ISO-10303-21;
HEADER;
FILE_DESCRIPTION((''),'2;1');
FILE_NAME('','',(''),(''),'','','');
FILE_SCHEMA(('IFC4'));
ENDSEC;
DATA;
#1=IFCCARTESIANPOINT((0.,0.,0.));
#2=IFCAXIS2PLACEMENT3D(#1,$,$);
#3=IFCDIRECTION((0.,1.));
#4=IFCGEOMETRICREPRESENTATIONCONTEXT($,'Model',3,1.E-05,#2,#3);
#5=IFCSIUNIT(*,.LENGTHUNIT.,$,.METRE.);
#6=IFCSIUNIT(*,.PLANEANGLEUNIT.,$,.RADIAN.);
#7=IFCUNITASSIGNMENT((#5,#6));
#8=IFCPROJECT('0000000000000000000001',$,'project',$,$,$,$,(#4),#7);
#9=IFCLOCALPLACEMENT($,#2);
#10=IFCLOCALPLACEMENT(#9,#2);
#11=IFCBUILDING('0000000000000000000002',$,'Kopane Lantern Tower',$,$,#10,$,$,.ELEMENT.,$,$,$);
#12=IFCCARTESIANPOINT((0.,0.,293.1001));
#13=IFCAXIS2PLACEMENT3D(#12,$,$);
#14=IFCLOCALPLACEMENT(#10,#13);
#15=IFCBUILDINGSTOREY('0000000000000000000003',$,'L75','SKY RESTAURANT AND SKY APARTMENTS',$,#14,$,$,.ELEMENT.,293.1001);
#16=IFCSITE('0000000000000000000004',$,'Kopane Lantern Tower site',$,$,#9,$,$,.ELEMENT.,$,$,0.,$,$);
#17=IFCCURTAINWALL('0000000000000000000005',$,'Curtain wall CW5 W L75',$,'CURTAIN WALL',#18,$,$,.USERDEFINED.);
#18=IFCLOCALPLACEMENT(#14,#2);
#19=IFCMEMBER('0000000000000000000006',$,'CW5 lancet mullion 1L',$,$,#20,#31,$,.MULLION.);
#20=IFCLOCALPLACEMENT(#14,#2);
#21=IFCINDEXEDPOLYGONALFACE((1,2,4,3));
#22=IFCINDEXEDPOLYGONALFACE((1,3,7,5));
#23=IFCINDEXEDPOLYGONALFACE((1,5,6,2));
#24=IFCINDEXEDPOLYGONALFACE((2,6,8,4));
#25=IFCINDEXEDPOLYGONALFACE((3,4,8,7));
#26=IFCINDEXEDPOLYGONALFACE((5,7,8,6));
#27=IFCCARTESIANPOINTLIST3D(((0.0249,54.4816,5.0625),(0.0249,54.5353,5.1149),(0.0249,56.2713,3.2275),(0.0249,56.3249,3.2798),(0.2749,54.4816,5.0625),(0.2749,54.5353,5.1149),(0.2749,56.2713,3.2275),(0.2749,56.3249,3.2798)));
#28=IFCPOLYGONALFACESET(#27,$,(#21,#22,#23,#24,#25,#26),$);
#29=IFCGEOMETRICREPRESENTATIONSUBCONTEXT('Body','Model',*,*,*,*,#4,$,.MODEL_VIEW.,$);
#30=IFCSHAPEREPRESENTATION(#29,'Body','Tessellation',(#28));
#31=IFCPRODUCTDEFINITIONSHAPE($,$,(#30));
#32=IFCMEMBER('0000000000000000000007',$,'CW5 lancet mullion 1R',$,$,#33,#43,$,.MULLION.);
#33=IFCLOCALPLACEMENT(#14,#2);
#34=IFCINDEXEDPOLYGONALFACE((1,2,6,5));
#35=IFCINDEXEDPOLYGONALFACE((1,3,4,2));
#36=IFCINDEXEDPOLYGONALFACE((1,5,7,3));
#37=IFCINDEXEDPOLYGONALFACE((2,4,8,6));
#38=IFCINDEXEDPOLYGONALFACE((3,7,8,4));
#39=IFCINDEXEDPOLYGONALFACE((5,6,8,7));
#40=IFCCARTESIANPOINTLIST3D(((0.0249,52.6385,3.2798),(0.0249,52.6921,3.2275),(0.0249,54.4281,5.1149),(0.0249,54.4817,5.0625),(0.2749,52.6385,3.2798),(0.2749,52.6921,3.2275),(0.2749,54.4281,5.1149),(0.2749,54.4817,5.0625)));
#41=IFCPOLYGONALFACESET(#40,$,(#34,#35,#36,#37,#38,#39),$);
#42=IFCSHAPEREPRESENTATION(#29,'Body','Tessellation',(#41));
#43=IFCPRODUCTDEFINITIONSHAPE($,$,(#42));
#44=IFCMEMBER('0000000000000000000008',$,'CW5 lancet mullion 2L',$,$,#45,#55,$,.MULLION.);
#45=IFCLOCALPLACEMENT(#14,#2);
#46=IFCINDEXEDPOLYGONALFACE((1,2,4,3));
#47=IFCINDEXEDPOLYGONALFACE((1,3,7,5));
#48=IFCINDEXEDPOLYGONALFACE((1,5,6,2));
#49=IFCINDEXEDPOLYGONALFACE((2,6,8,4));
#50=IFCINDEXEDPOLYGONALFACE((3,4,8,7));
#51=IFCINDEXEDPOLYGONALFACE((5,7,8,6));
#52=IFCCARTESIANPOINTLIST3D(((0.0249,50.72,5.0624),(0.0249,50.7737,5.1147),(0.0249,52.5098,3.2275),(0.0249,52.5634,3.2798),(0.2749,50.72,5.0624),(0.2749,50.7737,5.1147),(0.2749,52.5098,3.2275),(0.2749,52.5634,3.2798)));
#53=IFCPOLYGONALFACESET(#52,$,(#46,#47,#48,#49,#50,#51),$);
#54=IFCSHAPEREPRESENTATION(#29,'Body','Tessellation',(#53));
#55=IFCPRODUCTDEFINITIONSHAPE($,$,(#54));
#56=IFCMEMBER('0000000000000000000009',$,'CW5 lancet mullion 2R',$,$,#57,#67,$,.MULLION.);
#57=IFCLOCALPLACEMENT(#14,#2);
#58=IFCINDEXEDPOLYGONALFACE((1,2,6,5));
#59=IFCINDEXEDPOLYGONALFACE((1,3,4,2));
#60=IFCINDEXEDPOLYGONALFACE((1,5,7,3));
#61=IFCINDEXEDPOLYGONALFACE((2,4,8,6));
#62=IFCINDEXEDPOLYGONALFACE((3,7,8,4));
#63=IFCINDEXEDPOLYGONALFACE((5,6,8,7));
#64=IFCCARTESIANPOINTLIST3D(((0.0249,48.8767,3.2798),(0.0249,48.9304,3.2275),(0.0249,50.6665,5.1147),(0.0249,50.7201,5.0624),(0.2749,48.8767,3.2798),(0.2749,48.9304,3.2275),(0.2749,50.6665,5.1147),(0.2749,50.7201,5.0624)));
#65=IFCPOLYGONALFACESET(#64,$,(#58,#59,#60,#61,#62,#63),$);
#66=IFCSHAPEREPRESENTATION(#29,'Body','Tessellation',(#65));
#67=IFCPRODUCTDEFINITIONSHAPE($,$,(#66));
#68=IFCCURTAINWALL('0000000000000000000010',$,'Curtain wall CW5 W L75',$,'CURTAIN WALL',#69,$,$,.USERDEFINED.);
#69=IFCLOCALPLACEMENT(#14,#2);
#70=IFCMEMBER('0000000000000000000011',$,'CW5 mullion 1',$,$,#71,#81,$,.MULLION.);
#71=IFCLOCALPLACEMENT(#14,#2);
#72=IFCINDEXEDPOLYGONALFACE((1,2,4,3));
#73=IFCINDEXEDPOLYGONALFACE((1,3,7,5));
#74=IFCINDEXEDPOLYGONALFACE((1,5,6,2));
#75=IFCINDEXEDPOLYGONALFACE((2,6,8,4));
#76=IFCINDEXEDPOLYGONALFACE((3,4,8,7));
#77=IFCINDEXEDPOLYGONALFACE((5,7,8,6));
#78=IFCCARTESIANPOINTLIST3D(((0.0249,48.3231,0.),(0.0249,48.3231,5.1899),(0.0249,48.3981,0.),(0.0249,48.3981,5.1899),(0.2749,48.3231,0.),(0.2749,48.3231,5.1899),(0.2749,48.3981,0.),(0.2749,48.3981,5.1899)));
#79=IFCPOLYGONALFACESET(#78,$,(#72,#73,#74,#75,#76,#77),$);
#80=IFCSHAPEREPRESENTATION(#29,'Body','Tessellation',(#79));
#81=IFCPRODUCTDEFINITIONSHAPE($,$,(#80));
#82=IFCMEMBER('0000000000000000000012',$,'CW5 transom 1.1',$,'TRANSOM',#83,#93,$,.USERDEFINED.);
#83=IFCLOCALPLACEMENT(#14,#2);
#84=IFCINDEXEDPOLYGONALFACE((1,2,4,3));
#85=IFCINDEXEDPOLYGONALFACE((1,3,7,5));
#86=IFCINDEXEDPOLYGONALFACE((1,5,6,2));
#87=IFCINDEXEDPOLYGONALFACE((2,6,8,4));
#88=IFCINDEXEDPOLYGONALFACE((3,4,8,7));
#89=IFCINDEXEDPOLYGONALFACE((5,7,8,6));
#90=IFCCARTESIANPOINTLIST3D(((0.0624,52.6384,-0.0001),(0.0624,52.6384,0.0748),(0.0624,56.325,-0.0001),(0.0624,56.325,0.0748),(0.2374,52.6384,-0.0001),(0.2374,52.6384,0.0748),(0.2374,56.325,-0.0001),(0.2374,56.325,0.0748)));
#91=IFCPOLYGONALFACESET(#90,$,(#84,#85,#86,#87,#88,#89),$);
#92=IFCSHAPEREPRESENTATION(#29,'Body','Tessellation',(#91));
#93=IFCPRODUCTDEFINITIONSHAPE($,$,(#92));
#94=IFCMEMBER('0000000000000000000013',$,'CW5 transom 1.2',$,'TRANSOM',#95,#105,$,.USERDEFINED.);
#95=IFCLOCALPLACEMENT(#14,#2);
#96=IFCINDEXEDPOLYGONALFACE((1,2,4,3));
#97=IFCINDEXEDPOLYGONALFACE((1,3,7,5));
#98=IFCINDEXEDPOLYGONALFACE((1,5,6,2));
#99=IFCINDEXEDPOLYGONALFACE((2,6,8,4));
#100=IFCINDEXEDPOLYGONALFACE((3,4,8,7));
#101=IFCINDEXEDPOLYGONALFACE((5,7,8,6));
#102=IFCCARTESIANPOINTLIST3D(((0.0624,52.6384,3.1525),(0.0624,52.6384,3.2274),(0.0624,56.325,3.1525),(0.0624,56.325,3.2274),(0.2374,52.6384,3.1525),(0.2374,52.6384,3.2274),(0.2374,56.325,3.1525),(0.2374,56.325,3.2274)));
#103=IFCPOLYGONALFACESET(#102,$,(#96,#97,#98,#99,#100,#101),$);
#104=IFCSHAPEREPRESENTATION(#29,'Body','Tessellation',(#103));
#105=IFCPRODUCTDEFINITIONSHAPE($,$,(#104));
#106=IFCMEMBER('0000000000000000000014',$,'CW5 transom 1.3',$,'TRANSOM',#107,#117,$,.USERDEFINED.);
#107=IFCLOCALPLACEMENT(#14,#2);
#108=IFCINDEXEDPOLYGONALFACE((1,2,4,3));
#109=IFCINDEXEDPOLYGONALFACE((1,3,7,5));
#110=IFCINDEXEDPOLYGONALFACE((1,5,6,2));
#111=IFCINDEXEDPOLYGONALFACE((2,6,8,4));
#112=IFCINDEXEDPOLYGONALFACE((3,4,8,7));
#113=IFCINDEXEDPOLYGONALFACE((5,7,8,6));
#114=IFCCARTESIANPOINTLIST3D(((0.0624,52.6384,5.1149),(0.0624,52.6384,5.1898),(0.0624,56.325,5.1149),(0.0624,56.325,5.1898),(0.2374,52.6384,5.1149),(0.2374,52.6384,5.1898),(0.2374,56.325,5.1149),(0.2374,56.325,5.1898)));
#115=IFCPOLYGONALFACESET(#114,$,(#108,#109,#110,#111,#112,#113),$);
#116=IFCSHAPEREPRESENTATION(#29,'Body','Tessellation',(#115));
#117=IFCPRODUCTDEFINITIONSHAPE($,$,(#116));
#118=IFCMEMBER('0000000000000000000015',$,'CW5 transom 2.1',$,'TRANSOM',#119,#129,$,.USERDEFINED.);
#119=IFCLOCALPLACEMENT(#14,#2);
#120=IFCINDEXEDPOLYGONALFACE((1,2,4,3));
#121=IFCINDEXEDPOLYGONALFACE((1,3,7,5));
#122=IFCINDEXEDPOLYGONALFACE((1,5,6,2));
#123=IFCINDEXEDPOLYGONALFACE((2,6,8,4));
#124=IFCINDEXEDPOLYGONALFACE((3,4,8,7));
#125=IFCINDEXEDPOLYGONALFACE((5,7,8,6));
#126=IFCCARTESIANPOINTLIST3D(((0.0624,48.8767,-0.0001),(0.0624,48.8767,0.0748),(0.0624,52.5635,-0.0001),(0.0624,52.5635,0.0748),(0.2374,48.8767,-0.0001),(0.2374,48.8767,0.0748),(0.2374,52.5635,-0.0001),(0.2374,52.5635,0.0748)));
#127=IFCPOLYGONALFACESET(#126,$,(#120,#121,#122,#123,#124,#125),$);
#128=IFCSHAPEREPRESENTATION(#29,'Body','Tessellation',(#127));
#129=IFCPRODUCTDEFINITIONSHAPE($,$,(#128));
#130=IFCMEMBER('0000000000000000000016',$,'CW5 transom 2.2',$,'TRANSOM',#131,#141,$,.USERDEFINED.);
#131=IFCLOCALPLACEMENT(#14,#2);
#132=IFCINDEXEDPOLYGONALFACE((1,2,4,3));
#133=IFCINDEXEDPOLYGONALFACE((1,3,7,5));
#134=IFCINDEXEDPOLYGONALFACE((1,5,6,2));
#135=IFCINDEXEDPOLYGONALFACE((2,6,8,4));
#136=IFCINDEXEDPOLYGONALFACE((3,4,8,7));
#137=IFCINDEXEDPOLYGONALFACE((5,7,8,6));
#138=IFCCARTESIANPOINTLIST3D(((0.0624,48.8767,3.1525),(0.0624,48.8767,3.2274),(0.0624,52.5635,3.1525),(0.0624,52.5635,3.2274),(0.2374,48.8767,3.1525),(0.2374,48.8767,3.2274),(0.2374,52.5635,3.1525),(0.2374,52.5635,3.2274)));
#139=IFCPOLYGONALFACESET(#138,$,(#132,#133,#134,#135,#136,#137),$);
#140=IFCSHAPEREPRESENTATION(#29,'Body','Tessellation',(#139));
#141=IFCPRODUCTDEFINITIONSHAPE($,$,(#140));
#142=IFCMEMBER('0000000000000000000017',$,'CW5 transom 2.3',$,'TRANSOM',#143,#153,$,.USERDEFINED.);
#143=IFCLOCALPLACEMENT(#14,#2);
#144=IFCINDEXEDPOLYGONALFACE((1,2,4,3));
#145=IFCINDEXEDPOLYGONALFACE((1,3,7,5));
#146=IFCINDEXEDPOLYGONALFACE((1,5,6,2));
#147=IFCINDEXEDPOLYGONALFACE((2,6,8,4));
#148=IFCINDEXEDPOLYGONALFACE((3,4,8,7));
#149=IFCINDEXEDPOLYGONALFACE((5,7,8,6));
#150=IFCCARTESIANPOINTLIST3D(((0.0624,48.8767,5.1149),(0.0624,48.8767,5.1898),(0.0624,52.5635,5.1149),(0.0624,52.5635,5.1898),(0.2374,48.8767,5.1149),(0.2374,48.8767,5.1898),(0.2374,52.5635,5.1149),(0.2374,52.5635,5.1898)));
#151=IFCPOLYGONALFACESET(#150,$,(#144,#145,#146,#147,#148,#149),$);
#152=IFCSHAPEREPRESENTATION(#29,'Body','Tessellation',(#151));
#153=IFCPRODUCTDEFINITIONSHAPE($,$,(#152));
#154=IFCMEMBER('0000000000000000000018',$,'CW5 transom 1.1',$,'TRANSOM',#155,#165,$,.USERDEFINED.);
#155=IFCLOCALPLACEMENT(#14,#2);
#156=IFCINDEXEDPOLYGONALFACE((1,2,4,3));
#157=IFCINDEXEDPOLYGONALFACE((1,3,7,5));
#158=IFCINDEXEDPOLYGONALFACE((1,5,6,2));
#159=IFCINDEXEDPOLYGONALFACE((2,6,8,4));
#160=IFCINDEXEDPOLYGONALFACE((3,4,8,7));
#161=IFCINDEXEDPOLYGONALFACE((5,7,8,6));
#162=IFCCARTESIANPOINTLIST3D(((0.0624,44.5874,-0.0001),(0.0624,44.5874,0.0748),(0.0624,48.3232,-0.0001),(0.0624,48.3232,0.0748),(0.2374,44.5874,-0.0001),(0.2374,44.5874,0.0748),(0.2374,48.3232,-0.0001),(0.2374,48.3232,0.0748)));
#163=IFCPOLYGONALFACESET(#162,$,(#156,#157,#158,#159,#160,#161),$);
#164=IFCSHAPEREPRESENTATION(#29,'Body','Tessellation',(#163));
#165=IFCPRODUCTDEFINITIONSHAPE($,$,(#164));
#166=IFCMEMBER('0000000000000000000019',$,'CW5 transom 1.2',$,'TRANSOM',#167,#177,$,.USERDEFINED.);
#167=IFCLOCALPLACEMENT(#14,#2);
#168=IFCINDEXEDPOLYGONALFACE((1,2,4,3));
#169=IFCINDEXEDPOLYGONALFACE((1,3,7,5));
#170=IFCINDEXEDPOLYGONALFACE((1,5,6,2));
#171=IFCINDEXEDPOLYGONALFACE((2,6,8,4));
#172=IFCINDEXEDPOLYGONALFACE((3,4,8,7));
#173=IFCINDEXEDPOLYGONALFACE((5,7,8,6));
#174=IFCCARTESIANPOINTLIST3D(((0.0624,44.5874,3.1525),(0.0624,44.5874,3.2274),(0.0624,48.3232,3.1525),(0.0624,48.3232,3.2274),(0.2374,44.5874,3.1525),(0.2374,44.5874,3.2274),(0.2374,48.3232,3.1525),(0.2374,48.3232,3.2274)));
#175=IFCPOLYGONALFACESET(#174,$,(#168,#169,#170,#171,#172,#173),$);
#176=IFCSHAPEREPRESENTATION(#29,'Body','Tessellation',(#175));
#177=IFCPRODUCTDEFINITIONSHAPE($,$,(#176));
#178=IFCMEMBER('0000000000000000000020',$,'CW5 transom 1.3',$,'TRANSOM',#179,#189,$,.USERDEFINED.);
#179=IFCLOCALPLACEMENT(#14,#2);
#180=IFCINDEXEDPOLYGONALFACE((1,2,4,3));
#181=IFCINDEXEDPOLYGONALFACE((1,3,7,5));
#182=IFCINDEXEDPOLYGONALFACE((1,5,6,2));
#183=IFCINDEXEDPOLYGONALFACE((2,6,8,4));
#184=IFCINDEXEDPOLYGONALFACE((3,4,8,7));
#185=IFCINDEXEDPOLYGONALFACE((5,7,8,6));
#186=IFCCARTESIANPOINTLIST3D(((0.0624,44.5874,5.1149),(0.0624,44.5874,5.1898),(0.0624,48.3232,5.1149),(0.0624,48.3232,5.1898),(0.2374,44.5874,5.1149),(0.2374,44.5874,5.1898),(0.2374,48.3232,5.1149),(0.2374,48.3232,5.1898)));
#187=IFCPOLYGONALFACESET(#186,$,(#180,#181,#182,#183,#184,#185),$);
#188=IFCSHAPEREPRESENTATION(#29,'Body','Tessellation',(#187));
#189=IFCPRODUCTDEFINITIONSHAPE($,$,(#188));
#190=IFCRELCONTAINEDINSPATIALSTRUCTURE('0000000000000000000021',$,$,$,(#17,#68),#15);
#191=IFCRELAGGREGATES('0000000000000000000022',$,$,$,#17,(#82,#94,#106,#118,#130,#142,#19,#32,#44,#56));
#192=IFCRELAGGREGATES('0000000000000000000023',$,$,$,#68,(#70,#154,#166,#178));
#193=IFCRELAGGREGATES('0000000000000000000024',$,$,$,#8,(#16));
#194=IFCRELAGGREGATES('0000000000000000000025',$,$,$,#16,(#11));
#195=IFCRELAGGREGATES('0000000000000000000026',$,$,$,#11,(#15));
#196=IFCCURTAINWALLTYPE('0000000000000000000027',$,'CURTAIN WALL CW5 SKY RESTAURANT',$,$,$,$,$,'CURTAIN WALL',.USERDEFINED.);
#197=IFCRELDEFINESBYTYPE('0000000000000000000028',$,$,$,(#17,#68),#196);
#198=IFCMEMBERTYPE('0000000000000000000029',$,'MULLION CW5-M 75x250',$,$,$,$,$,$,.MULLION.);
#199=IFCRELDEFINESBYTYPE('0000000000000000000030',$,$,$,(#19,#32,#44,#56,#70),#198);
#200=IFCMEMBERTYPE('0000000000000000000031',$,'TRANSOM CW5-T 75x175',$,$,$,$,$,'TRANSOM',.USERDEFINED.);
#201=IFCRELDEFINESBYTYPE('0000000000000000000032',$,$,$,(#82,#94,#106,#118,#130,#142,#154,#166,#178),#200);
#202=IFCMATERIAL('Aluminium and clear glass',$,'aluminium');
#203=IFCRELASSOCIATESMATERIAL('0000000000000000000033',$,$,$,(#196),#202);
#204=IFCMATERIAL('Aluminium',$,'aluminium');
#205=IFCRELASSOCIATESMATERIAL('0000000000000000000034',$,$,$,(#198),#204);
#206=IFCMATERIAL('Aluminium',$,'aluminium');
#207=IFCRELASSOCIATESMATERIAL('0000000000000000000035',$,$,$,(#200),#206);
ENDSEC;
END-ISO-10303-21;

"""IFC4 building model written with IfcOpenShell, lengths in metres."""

from ifc_helpers import new_model, si_unit, direction, frame, origin, origin_2d, place, context, subcontext, project, spatial, rectangle, extrude, material, material_profile, profile_set, type_object, element, aggregate, save


model = new_model("IFC4")

# Units and contexts
model_context = context("Model", 3, precision=1e-05, world=origin(), true_north=direction((0.0, 1.0)))
body_context = subcontext(model_context, "Body", "Model", "MODEL_VIEW")
ifc_project = project(units=[si_unit("LENGTHUNIT", "METRE"), si_unit("PLANEANGLEUNIT", "RADIAN")], contexts=[model_context])

# Site, building, storey
site_placement = place(None, origin())
site = spatial("IfcSite", under=ifc_project, at=site_placement, Name="Kopane Lantern Tower site", CompositionType="ELEMENT", RefElevation=0.0)
building_placement = place(site_placement, origin())
building = spatial("IfcBuilding", under=site, at=building_placement, Name="Kopane Lantern Tower", CompositionType="ELEMENT")
storey_placement = place(building_placement, frame((0.0, 0.0, 293.1001)))
storey = spatial("IfcBuildingStorey", under=building, at=storey_placement, Name="L75", Description="SKY RESTAURANT AND SKY APARTMENTS", CompositionType="ELEMENT", Elevation=293.1001)

# Curtain wall, members
ifc_material_1 = material(Name="Aluminium and clear glass", Category="aluminium")
curtain_wall_type = type_object("IfcCurtainWallType", Name="CURTAIN WALL CW5 SKY RESTAURANT", ElementType="CURTAIN WALL", PredefinedType="USERDEFINED", material=ifc_material_1)
curtain_wall_1_placement = place(storey_placement, origin())
curtain_wall_1 = element("IfcCurtainWall", 1, at=curtain_wall_1_placement, inside=storey, type_object=curtain_wall_type, Name="Curtain wall CW5 W L75", ObjectType="CURTAIN WALL", PredefinedType="USERDEFINED")
ifc_material_2 = material(Name="Aluminium", Category="aluminium")
ifc_material_profile_1 = material_profile(ifc_material_2, rectangle(XDim=0.075, YDim=0.25, at=origin_2d()), Name="AL 75x250")
ifc_profile_set_1 = profile_set([ifc_material_profile_1], Name="Aluminium")
member_type_1 = type_object("IfcMemberType", Name="MULLION CW5-M 75x250", PredefinedType="MULLION", material=ifc_profile_set_1)
member_1_placement = place(storey_placement, frame((0.1499, 56.2981, 3.2537), z_axis=(0.0, -0.698193, 0.71591), x_axis=(0.0, 0.71591, 0.698193)))
member_1 = element("IfcMember", 2, at=member_1_placement, type_object=member_type_1, Name="CW5 lancet mullion 1L", PredefinedType="MULLION", context=body_context, shape_type="SweptSolid", body=[
    extrude(rectangle(XDim=0.075, YDim=0.25, at=origin_2d()), origin(), (0.0, 0.0, 1.0), 2.5632),
])
member_2_placement = place(storey_placement, frame((0.1499, 52.6653, 3.2537), z_axis=(0.0, 0.698193, 0.71591), x_axis=(0.0, -0.71591, 0.698193)))
member_2 = element("IfcMember", 3, at=member_2_placement, type_object=member_type_1, Name="CW5 lancet mullion 1R", PredefinedType="MULLION", context=body_context, shape_type="SweptSolid", body=[
    extrude(rectangle(XDim=0.075, YDim=0.25, at=origin_2d()), origin(), (0.0, 0.0, 1.0), 2.5632),
])
member_3_placement = place(storey_placement, frame((0.1499, 52.5366, 3.2537), z_axis=(0.0, -0.698242, 0.715862), x_axis=(0.0, 0.715862, 0.698242)))
member_3 = element("IfcMember", 4, at=member_3_placement, type_object=member_type_1, Name="CW5 lancet mullion 2L", PredefinedType="MULLION", context=body_context, shape_type="SweptSolid", body=[
    extrude(rectangle(XDim=0.075, YDim=0.25, at=origin_2d()), origin(), (0.0, 0.0, 1.0), 2.5632),
])
member_4_placement = place(storey_placement, frame((0.1499, 48.9036, 3.2537), z_axis=(0.0, 0.698242, 0.715862), x_axis=(0.0, -0.715862, 0.698242)))
member_4 = element("IfcMember", 5, at=member_4_placement, type_object=member_type_1, Name="CW5 lancet mullion 2R", PredefinedType="MULLION", context=body_context, shape_type="SweptSolid", body=[
    extrude(rectangle(XDim=0.075, YDim=0.25, at=origin_2d()), origin(), (0.0, 0.0, 1.0), 2.5632),
])

# Curtain wall, member
curtain_wall_2_placement = place(storey_placement, origin())
curtain_wall_2 = element("IfcCurtainWall", 6, at=curtain_wall_2_placement, inside=storey, type_object=curtain_wall_type, Name="Curtain wall CW5 W L75", ObjectType="CURTAIN WALL", PredefinedType="USERDEFINED")
member_5_placement = place(storey_placement, frame((0.1499, 48.3606, 0.0), z_axis=(0.0, 0.0, 1.0), x_axis=(0.0, -1.0, 0.0)))
member_5 = element("IfcMember", 7, at=member_5_placement, type_object=member_type_1, Name="CW5 mullion 1", PredefinedType="MULLION", context=body_context, shape_type="SweptSolid", body=[
    extrude(rectangle(XDim=0.075, YDim=0.25, at=origin_2d()), origin(), (0.0, 0.0, 1.0), 5.1899),
])

# Members
ifc_material_3 = material(Name="Aluminium", Category="aluminium")
ifc_material_profile_2 = material_profile(ifc_material_3, rectangle(XDim=0.175, YDim=0.075, at=origin_2d()), Name="AL 175x75")
ifc_profile_set_2 = profile_set([ifc_material_profile_2], Name="Aluminium")
member_type_2 = type_object("IfcMemberType", Name="TRANSOM CW5-T 75x175", ElementType="TRANSOM", PredefinedType="USERDEFINED", material=ifc_profile_set_2)
member_6_placement = place(storey_placement, frame((0.1499, 56.325, 0.0374), z_axis=(0.0, -1.0, 0.0), x_axis=(1.0, 0.0, 0.0)))
member_6 = element("IfcMember", 8, at=member_6_placement, type_object=member_type_2, Name="CW5 transom 1.1", ObjectType="TRANSOM", PredefinedType="USERDEFINED", context=body_context, shape_type="SweptSolid", body=[
    extrude(rectangle(XDim=0.175, YDim=0.075, at=origin_2d()), origin(), (0.0, 0.0, 1.0), 3.6865),
])
member_7_placement = place(storey_placement, frame((0.1499, 56.325, 3.1899), z_axis=(0.0, -1.0, 0.0), x_axis=(1.0, 0.0, 0.0)))
member_7 = element("IfcMember", 9, at=member_7_placement, type_object=member_type_2, Name="CW5 transom 1.2", ObjectType="TRANSOM", PredefinedType="USERDEFINED", context=body_context, shape_type="SweptSolid", body=[
    extrude(rectangle(XDim=0.175, YDim=0.075, at=origin_2d()), origin(), (0.0, 0.0, 1.0), 3.6865),
])
member_8_placement = place(storey_placement, frame((0.1499, 56.325, 5.1523), z_axis=(0.0, -1.0, 0.0), x_axis=(1.0, 0.0, 0.0)))
member_8 = element("IfcMember", 10, at=member_8_placement, type_object=member_type_2, Name="CW5 transom 1.3", ObjectType="TRANSOM", PredefinedType="USERDEFINED", context=body_context, shape_type="SweptSolid", body=[
    extrude(rectangle(XDim=0.175, YDim=0.075, at=origin_2d()), origin(), (0.0, 0.0, 1.0), 3.6865),
])
member_9_placement = place(storey_placement, frame((0.1499, 52.5635, 0.0374), z_axis=(0.0, -1.0, 0.0), x_axis=(1.0, 0.0, 0.0)))
member_9 = element("IfcMember", 11, at=member_9_placement, type_object=member_type_2, Name="CW5 transom 2.1", ObjectType="TRANSOM", PredefinedType="USERDEFINED", context=body_context, shape_type="SweptSolid", body=[
    extrude(rectangle(XDim=0.175, YDim=0.075, at=origin_2d()), origin(), (0.0, 0.0, 1.0), 3.6868),
])
member_10_placement = place(storey_placement, frame((0.1499, 52.5635, 3.1899), z_axis=(0.0, -1.0, 0.0), x_axis=(1.0, 0.0, 0.0)))
member_10 = element("IfcMember", 12, at=member_10_placement, type_object=member_type_2, Name="CW5 transom 2.2", ObjectType="TRANSOM", PredefinedType="USERDEFINED", context=body_context, shape_type="SweptSolid", body=[
    extrude(rectangle(XDim=0.175, YDim=0.075, at=origin_2d()), origin(), (0.0, 0.0, 1.0), 3.6868),
])
member_11_placement = place(storey_placement, frame((0.1499, 52.5635, 5.1523), z_axis=(0.0, -1.0, 0.0), x_axis=(1.0, 0.0, 0.0)))
member_11 = element("IfcMember", 13, at=member_11_placement, type_object=member_type_2, Name="CW5 transom 2.3", ObjectType="TRANSOM", PredefinedType="USERDEFINED", context=body_context, shape_type="SweptSolid", body=[
    extrude(rectangle(XDim=0.175, YDim=0.075, at=origin_2d()), origin(), (0.0, 0.0, 1.0), 3.6868),
])
member_12_placement = place(storey_placement, frame((0.1499, 48.3232, 0.0374), z_axis=(0.0, -1.0, 0.0), x_axis=(1.0, 0.0, 0.0)))
member_12 = element("IfcMember", 14, at=member_12_placement, type_object=member_type_2, Name="CW5 transom 1.1", ObjectType="TRANSOM", PredefinedType="USERDEFINED", context=body_context, shape_type="SweptSolid", body=[
    extrude(rectangle(XDim=0.175, YDim=0.075, at=origin_2d()), origin(), (0.0, 0.0, 1.0), 3.7358),
])
member_13_placement = place(storey_placement, frame((0.1499, 48.3232, 3.1899), z_axis=(0.0, -1.0, 0.0), x_axis=(1.0, 0.0, 0.0)))
member_13 = element("IfcMember", 15, at=member_13_placement, type_object=member_type_2, Name="CW5 transom 1.2", ObjectType="TRANSOM", PredefinedType="USERDEFINED", context=body_context, shape_type="SweptSolid", body=[
    extrude(rectangle(XDim=0.175, YDim=0.075, at=origin_2d()), origin(), (0.0, 0.0, 1.0), 3.7358),
])
member_14_placement = place(storey_placement, frame((0.1499, 48.3232, 5.1523), z_axis=(0.0, -1.0, 0.0), x_axis=(1.0, 0.0, 0.0)))
member_14 = element("IfcMember", 16, at=member_14_placement, type_object=member_type_2, Name="CW5 transom 1.3", ObjectType="TRANSOM", PredefinedType="USERDEFINED", context=body_context, shape_type="SweptSolid", body=[
    extrude(rectangle(XDim=0.175, YDim=0.075, at=origin_2d()), origin(), (0.0, 0.0, 1.0), 3.7358),
])

aggregate(curtain_wall_1, [member_6, member_7, member_8, member_9, member_10, member_11, member_1, member_2, member_3, member_4])
aggregate(curtain_wall_2, [member_5, member_12, member_13, member_14])

save(model, "model.ifc")
